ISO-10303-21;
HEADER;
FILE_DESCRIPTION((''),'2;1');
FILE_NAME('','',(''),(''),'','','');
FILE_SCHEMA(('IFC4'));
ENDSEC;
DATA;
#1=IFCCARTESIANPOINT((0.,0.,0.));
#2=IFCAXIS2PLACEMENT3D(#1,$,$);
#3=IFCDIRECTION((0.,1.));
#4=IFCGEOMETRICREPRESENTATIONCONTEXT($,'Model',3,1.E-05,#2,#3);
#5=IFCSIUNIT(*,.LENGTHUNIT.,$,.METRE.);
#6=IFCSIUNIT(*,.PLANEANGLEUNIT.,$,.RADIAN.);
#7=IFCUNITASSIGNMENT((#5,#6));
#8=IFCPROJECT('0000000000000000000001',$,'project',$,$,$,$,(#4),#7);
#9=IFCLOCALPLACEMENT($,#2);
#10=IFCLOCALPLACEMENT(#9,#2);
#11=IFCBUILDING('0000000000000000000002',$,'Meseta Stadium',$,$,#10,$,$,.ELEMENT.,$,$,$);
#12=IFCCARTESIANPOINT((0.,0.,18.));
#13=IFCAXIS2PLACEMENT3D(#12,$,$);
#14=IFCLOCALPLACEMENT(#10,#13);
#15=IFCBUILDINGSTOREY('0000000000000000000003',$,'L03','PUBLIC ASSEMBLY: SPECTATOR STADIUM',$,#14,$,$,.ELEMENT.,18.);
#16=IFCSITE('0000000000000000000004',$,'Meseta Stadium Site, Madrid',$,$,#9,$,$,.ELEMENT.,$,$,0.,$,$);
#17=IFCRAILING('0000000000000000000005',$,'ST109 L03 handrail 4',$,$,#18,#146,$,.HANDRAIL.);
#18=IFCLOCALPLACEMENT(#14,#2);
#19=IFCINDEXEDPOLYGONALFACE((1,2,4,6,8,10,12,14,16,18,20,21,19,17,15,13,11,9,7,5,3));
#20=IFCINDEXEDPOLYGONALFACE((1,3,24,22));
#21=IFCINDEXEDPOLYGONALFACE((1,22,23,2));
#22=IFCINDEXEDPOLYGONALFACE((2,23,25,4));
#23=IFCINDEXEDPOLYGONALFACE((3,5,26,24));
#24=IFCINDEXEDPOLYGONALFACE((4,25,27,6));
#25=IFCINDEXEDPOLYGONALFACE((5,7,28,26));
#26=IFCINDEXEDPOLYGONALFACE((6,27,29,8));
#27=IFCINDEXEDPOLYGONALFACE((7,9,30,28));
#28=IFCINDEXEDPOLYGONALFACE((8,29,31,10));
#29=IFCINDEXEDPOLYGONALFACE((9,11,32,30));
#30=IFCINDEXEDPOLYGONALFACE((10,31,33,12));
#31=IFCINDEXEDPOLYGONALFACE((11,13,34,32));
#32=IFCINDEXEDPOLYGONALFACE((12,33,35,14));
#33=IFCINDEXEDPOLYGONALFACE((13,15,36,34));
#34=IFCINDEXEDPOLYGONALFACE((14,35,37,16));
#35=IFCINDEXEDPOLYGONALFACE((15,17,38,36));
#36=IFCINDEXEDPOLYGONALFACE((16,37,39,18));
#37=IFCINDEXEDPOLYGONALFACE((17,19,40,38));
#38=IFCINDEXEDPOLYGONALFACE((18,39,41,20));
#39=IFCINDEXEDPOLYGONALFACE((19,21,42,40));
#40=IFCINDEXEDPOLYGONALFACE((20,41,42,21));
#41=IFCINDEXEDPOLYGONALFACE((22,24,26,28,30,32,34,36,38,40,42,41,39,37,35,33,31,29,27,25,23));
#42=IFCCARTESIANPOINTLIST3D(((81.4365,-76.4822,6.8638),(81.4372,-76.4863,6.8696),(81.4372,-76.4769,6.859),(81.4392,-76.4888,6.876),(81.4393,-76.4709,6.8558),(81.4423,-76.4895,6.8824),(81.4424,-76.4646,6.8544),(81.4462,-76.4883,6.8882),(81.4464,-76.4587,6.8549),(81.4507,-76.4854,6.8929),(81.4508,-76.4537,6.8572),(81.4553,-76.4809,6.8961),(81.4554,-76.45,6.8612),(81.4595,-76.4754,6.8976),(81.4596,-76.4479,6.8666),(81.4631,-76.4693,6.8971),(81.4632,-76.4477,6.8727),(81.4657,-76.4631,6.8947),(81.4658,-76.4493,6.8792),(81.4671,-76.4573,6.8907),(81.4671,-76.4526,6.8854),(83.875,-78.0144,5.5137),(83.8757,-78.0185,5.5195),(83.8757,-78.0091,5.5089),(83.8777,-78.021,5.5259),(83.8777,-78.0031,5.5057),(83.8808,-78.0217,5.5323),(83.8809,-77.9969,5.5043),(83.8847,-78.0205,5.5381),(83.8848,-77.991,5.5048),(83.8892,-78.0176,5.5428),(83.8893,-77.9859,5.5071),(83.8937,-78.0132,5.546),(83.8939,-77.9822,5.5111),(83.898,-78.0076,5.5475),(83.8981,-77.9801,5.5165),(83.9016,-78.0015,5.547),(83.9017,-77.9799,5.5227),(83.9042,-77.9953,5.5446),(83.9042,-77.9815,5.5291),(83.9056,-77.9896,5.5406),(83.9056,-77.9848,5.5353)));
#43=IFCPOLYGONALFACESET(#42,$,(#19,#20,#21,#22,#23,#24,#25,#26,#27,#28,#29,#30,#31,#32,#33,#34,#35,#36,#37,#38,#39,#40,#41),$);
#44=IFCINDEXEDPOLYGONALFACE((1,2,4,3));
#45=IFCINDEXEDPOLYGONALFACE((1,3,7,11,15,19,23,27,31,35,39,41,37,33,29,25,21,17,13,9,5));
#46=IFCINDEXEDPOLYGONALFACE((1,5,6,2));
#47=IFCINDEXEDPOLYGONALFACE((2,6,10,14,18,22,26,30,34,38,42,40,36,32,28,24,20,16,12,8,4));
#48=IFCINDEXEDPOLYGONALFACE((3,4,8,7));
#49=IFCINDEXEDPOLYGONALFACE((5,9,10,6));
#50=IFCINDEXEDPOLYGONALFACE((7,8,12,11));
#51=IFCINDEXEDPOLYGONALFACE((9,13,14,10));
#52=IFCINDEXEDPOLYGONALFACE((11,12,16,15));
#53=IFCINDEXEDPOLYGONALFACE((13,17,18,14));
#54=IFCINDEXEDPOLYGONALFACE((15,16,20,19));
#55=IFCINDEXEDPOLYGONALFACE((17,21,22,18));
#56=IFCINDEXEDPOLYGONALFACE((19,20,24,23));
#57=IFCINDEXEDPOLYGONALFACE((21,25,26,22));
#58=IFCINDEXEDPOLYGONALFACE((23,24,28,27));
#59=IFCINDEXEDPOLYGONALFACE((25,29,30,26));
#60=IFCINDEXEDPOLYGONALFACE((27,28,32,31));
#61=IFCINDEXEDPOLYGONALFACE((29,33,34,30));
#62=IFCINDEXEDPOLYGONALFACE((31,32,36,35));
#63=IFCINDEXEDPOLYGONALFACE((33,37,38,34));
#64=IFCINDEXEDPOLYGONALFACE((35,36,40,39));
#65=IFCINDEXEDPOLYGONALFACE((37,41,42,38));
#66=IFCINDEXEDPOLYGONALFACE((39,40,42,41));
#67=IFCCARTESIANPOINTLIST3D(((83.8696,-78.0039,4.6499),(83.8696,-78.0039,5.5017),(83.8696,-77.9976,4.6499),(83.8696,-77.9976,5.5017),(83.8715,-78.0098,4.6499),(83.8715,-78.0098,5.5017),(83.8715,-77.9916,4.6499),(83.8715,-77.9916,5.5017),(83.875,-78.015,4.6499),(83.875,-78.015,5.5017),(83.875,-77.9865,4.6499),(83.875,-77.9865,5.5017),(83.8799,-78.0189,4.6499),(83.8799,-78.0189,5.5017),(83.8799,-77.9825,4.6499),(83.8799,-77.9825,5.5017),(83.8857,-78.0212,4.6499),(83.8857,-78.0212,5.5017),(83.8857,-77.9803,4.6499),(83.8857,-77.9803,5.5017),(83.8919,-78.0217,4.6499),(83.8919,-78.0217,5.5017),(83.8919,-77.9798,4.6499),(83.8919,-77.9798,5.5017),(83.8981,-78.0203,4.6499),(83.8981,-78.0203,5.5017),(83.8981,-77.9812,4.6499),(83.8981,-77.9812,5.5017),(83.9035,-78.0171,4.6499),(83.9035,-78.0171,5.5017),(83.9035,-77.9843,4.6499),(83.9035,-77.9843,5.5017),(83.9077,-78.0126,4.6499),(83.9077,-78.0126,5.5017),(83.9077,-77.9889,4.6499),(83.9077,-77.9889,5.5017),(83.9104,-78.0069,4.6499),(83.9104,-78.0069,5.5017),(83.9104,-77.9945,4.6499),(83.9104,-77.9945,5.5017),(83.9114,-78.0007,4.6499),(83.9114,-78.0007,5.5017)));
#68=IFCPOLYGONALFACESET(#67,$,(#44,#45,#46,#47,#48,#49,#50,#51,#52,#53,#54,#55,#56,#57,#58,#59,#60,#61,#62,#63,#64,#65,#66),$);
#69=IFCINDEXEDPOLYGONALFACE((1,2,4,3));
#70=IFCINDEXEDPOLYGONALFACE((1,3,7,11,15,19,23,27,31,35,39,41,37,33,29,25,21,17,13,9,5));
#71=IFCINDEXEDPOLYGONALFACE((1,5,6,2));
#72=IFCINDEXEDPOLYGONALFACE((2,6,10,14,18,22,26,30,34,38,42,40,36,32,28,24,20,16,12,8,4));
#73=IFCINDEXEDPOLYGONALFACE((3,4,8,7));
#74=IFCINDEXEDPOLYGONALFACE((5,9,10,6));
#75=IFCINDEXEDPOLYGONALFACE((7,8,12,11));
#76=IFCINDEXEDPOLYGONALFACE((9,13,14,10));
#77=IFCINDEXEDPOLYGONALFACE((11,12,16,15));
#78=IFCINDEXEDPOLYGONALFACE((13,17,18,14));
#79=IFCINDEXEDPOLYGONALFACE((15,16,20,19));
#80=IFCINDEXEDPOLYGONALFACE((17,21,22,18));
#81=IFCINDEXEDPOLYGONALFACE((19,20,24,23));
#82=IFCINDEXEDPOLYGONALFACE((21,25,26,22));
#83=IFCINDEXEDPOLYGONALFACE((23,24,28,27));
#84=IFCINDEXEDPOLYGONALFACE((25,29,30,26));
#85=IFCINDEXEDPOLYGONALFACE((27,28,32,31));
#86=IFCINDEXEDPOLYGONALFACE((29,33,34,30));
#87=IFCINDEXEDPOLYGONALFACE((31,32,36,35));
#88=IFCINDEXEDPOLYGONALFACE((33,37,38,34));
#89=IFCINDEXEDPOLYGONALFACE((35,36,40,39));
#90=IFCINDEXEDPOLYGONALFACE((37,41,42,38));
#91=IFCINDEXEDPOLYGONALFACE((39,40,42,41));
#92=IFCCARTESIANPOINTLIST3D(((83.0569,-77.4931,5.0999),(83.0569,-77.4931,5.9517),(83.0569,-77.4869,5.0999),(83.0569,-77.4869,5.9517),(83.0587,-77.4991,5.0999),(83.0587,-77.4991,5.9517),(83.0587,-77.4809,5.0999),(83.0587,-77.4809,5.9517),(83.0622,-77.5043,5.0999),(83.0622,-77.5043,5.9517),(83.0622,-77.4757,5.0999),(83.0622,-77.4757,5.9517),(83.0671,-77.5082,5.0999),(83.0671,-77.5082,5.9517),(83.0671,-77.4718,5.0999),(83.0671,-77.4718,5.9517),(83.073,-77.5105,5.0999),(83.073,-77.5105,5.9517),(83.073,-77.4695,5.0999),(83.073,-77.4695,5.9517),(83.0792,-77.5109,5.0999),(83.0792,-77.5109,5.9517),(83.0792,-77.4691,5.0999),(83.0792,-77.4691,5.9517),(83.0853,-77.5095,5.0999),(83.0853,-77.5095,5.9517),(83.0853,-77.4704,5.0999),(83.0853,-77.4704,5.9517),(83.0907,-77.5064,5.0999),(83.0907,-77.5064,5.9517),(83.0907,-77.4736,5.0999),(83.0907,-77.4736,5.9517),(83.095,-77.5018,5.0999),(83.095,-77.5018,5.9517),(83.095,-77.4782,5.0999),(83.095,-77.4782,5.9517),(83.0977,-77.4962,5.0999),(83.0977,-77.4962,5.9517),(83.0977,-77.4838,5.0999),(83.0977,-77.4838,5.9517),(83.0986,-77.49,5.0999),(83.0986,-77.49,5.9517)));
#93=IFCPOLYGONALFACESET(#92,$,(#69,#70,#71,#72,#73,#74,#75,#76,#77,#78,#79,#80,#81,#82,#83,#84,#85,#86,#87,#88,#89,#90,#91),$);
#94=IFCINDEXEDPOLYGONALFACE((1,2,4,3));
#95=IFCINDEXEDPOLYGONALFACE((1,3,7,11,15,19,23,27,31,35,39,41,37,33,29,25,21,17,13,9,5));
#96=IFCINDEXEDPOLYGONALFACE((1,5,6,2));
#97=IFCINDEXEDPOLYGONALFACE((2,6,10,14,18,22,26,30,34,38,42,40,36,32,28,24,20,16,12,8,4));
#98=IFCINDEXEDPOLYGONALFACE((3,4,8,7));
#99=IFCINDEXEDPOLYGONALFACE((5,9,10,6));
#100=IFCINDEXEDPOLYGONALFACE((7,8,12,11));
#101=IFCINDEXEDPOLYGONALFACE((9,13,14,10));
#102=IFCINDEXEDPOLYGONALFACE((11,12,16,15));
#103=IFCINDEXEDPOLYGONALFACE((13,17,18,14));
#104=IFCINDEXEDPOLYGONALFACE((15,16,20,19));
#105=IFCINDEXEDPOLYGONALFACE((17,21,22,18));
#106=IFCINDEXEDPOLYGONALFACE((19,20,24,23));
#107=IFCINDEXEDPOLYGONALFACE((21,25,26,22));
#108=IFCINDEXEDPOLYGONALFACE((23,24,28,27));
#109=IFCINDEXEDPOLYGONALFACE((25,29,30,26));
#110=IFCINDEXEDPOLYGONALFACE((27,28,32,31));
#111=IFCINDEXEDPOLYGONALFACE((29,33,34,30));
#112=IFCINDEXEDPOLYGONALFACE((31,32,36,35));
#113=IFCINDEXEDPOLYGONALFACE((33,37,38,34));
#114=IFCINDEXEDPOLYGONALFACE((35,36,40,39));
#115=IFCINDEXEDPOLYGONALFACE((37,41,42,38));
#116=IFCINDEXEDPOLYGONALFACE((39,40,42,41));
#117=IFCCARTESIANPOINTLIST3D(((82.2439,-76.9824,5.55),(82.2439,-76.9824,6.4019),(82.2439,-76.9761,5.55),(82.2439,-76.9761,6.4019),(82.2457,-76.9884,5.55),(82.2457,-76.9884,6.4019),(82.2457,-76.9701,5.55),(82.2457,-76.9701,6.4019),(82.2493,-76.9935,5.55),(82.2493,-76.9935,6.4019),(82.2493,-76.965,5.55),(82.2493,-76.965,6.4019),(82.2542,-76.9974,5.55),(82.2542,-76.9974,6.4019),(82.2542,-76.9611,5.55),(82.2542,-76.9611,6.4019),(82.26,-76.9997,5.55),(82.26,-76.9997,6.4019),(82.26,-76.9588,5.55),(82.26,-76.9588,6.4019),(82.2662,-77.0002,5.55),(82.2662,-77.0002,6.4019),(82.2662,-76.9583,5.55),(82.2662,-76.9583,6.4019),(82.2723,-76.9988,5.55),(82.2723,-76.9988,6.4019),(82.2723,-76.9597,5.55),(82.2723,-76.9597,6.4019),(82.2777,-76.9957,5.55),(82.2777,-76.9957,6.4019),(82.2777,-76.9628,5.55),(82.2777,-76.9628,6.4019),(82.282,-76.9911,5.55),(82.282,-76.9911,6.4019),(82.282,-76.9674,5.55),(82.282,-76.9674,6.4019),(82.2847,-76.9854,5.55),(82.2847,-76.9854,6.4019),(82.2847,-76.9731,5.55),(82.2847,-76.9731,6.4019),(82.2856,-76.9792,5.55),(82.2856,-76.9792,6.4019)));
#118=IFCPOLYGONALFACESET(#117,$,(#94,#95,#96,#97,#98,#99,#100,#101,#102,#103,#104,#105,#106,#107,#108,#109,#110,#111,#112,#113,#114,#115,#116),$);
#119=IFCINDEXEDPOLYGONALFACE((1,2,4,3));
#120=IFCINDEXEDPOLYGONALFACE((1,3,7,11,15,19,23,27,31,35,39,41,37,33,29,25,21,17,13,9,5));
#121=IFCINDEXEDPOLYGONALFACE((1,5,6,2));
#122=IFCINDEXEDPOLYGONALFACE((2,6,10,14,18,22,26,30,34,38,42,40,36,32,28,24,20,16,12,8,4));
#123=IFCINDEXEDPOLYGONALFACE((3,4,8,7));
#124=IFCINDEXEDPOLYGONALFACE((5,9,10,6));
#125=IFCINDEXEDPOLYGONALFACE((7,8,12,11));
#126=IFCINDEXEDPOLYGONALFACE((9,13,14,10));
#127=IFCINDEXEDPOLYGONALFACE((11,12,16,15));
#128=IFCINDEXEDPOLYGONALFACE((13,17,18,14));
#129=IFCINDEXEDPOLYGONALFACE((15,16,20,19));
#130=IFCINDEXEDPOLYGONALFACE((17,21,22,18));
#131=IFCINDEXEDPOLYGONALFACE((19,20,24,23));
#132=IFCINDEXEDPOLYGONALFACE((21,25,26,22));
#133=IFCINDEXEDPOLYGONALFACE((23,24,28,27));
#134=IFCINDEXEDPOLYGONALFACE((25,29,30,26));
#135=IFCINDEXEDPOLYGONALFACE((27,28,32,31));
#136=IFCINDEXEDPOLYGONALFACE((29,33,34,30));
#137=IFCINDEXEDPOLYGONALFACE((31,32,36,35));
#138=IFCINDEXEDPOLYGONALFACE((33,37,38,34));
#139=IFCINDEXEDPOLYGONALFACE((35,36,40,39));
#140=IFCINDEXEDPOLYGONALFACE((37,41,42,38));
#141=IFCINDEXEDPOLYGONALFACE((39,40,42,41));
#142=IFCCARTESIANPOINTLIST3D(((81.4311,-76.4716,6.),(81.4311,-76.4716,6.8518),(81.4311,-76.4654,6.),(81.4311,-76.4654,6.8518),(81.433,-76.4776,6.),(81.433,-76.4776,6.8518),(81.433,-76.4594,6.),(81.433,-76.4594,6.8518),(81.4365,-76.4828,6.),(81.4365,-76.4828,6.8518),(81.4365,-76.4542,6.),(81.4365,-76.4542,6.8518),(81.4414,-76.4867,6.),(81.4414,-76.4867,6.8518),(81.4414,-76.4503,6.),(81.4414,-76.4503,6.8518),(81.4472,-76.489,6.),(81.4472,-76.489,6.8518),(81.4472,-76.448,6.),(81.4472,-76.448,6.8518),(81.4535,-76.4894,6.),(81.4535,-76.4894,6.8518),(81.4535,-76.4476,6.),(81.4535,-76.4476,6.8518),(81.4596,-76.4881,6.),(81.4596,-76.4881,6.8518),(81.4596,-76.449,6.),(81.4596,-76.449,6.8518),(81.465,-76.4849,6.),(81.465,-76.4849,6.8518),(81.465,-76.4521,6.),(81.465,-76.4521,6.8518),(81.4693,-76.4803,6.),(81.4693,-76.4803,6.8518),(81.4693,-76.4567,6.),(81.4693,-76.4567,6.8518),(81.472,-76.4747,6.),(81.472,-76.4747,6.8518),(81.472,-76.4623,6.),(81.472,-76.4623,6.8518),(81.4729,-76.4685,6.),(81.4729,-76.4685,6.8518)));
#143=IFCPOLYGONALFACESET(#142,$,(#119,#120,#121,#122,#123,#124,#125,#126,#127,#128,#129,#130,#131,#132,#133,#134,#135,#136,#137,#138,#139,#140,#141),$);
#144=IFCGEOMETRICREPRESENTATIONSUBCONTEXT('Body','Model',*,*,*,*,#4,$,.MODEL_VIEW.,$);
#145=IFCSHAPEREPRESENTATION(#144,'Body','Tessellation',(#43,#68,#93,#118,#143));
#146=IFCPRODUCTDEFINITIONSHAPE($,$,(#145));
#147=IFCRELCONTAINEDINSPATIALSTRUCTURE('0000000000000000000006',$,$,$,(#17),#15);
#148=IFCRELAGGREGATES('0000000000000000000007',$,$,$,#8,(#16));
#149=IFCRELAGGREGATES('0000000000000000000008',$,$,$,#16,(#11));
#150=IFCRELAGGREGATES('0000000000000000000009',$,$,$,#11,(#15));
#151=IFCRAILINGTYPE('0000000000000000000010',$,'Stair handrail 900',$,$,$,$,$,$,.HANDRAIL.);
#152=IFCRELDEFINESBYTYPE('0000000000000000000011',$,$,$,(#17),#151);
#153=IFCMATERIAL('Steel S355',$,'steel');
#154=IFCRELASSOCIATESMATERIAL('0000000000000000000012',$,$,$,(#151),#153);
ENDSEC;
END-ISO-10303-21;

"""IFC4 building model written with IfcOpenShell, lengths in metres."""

from ifc_helpers import new_model, si_unit, direction, frame, origin, origin_2d, place, context, subcontext, project, spatial, circle, extrude, material, type_object, element, save


model = new_model("IFC4")

# Units and contexts
model_context = context("Model", 3, precision=1e-05, world=origin(), true_north=direction((0.0, 1.0)))
body_context = subcontext(model_context, "Body", "Model", "MODEL_VIEW")
ifc_project = project(units=[si_unit("LENGTHUNIT", "METRE"), si_unit("PLANEANGLEUNIT", "RADIAN")], contexts=[model_context])

# Site, building, storey
site_placement = place(None, origin())
site = spatial("IfcSite", under=ifc_project, at=site_placement, Name="Meseta Stadium Site, Madrid", CompositionType="ELEMENT", RefElevation=0.0)
building_placement = place(site_placement, origin())
building = spatial("IfcBuilding", under=site, at=building_placement, Name="Meseta Stadium", CompositionType="ELEMENT")
storey_placement = place(building_placement, frame((0.0, 0.0, 18.0)))
storey = spatial("IfcBuildingStorey", under=building, at=storey_placement, Name="L03", Description="PUBLIC ASSEMBLY: SPECTATOR STADIUM", CompositionType="ELEMENT", Elevation=18.0)

# Railing
ifc_material_1 = material(Name="Steel S355", Category="steel")
railing_type_1 = type_object("IfcRailingType", Name="Stair handrail 900", PredefinedType="HANDRAIL", material=ifc_material_1)
railing_1_placement = place(storey_placement, frame((83.8904, -78.0007, 4.6499)))
element("IfcRailing", 1, at=railing_1_placement, inside=storey, type_object=railing_type_1, Name="ST109 L03 handrail 4", PredefinedType="HANDRAIL", context=body_context, shape_type="SweptSolid", body=[
    extrude(circle(Radius=0.0239, at=origin_2d()), frame((0.0, 0.0, 0.876), z_axis=(-0.766655, 0.481731, 0.42447), x_axis=(-0.53204, -0.846719, 0.0)), (0.0, 0.0, 1.0), 3.1807),
    extrude(circle(Radius=0.021, at=origin_2d()), origin(), (0.0, 0.0, 1.0), 0.8518),
    extrude(circle(Radius=0.021, at=origin_2d()), frame((-0.8127, 0.5107, 0.45)), (0.0, 0.0, 1.0), 0.8518),
    extrude(circle(Radius=0.021, at=origin_2d()), frame((-1.6257, 1.0215, 0.9001)), (0.0, 0.0, 1.0), 0.8518),
    extrude(circle(Radius=0.021, at=origin_2d()), frame((-2.4385, 1.5322, 1.3501)), (0.0, 0.0, 1.0), 0.8518),
])

save(model, "model.ifc")
